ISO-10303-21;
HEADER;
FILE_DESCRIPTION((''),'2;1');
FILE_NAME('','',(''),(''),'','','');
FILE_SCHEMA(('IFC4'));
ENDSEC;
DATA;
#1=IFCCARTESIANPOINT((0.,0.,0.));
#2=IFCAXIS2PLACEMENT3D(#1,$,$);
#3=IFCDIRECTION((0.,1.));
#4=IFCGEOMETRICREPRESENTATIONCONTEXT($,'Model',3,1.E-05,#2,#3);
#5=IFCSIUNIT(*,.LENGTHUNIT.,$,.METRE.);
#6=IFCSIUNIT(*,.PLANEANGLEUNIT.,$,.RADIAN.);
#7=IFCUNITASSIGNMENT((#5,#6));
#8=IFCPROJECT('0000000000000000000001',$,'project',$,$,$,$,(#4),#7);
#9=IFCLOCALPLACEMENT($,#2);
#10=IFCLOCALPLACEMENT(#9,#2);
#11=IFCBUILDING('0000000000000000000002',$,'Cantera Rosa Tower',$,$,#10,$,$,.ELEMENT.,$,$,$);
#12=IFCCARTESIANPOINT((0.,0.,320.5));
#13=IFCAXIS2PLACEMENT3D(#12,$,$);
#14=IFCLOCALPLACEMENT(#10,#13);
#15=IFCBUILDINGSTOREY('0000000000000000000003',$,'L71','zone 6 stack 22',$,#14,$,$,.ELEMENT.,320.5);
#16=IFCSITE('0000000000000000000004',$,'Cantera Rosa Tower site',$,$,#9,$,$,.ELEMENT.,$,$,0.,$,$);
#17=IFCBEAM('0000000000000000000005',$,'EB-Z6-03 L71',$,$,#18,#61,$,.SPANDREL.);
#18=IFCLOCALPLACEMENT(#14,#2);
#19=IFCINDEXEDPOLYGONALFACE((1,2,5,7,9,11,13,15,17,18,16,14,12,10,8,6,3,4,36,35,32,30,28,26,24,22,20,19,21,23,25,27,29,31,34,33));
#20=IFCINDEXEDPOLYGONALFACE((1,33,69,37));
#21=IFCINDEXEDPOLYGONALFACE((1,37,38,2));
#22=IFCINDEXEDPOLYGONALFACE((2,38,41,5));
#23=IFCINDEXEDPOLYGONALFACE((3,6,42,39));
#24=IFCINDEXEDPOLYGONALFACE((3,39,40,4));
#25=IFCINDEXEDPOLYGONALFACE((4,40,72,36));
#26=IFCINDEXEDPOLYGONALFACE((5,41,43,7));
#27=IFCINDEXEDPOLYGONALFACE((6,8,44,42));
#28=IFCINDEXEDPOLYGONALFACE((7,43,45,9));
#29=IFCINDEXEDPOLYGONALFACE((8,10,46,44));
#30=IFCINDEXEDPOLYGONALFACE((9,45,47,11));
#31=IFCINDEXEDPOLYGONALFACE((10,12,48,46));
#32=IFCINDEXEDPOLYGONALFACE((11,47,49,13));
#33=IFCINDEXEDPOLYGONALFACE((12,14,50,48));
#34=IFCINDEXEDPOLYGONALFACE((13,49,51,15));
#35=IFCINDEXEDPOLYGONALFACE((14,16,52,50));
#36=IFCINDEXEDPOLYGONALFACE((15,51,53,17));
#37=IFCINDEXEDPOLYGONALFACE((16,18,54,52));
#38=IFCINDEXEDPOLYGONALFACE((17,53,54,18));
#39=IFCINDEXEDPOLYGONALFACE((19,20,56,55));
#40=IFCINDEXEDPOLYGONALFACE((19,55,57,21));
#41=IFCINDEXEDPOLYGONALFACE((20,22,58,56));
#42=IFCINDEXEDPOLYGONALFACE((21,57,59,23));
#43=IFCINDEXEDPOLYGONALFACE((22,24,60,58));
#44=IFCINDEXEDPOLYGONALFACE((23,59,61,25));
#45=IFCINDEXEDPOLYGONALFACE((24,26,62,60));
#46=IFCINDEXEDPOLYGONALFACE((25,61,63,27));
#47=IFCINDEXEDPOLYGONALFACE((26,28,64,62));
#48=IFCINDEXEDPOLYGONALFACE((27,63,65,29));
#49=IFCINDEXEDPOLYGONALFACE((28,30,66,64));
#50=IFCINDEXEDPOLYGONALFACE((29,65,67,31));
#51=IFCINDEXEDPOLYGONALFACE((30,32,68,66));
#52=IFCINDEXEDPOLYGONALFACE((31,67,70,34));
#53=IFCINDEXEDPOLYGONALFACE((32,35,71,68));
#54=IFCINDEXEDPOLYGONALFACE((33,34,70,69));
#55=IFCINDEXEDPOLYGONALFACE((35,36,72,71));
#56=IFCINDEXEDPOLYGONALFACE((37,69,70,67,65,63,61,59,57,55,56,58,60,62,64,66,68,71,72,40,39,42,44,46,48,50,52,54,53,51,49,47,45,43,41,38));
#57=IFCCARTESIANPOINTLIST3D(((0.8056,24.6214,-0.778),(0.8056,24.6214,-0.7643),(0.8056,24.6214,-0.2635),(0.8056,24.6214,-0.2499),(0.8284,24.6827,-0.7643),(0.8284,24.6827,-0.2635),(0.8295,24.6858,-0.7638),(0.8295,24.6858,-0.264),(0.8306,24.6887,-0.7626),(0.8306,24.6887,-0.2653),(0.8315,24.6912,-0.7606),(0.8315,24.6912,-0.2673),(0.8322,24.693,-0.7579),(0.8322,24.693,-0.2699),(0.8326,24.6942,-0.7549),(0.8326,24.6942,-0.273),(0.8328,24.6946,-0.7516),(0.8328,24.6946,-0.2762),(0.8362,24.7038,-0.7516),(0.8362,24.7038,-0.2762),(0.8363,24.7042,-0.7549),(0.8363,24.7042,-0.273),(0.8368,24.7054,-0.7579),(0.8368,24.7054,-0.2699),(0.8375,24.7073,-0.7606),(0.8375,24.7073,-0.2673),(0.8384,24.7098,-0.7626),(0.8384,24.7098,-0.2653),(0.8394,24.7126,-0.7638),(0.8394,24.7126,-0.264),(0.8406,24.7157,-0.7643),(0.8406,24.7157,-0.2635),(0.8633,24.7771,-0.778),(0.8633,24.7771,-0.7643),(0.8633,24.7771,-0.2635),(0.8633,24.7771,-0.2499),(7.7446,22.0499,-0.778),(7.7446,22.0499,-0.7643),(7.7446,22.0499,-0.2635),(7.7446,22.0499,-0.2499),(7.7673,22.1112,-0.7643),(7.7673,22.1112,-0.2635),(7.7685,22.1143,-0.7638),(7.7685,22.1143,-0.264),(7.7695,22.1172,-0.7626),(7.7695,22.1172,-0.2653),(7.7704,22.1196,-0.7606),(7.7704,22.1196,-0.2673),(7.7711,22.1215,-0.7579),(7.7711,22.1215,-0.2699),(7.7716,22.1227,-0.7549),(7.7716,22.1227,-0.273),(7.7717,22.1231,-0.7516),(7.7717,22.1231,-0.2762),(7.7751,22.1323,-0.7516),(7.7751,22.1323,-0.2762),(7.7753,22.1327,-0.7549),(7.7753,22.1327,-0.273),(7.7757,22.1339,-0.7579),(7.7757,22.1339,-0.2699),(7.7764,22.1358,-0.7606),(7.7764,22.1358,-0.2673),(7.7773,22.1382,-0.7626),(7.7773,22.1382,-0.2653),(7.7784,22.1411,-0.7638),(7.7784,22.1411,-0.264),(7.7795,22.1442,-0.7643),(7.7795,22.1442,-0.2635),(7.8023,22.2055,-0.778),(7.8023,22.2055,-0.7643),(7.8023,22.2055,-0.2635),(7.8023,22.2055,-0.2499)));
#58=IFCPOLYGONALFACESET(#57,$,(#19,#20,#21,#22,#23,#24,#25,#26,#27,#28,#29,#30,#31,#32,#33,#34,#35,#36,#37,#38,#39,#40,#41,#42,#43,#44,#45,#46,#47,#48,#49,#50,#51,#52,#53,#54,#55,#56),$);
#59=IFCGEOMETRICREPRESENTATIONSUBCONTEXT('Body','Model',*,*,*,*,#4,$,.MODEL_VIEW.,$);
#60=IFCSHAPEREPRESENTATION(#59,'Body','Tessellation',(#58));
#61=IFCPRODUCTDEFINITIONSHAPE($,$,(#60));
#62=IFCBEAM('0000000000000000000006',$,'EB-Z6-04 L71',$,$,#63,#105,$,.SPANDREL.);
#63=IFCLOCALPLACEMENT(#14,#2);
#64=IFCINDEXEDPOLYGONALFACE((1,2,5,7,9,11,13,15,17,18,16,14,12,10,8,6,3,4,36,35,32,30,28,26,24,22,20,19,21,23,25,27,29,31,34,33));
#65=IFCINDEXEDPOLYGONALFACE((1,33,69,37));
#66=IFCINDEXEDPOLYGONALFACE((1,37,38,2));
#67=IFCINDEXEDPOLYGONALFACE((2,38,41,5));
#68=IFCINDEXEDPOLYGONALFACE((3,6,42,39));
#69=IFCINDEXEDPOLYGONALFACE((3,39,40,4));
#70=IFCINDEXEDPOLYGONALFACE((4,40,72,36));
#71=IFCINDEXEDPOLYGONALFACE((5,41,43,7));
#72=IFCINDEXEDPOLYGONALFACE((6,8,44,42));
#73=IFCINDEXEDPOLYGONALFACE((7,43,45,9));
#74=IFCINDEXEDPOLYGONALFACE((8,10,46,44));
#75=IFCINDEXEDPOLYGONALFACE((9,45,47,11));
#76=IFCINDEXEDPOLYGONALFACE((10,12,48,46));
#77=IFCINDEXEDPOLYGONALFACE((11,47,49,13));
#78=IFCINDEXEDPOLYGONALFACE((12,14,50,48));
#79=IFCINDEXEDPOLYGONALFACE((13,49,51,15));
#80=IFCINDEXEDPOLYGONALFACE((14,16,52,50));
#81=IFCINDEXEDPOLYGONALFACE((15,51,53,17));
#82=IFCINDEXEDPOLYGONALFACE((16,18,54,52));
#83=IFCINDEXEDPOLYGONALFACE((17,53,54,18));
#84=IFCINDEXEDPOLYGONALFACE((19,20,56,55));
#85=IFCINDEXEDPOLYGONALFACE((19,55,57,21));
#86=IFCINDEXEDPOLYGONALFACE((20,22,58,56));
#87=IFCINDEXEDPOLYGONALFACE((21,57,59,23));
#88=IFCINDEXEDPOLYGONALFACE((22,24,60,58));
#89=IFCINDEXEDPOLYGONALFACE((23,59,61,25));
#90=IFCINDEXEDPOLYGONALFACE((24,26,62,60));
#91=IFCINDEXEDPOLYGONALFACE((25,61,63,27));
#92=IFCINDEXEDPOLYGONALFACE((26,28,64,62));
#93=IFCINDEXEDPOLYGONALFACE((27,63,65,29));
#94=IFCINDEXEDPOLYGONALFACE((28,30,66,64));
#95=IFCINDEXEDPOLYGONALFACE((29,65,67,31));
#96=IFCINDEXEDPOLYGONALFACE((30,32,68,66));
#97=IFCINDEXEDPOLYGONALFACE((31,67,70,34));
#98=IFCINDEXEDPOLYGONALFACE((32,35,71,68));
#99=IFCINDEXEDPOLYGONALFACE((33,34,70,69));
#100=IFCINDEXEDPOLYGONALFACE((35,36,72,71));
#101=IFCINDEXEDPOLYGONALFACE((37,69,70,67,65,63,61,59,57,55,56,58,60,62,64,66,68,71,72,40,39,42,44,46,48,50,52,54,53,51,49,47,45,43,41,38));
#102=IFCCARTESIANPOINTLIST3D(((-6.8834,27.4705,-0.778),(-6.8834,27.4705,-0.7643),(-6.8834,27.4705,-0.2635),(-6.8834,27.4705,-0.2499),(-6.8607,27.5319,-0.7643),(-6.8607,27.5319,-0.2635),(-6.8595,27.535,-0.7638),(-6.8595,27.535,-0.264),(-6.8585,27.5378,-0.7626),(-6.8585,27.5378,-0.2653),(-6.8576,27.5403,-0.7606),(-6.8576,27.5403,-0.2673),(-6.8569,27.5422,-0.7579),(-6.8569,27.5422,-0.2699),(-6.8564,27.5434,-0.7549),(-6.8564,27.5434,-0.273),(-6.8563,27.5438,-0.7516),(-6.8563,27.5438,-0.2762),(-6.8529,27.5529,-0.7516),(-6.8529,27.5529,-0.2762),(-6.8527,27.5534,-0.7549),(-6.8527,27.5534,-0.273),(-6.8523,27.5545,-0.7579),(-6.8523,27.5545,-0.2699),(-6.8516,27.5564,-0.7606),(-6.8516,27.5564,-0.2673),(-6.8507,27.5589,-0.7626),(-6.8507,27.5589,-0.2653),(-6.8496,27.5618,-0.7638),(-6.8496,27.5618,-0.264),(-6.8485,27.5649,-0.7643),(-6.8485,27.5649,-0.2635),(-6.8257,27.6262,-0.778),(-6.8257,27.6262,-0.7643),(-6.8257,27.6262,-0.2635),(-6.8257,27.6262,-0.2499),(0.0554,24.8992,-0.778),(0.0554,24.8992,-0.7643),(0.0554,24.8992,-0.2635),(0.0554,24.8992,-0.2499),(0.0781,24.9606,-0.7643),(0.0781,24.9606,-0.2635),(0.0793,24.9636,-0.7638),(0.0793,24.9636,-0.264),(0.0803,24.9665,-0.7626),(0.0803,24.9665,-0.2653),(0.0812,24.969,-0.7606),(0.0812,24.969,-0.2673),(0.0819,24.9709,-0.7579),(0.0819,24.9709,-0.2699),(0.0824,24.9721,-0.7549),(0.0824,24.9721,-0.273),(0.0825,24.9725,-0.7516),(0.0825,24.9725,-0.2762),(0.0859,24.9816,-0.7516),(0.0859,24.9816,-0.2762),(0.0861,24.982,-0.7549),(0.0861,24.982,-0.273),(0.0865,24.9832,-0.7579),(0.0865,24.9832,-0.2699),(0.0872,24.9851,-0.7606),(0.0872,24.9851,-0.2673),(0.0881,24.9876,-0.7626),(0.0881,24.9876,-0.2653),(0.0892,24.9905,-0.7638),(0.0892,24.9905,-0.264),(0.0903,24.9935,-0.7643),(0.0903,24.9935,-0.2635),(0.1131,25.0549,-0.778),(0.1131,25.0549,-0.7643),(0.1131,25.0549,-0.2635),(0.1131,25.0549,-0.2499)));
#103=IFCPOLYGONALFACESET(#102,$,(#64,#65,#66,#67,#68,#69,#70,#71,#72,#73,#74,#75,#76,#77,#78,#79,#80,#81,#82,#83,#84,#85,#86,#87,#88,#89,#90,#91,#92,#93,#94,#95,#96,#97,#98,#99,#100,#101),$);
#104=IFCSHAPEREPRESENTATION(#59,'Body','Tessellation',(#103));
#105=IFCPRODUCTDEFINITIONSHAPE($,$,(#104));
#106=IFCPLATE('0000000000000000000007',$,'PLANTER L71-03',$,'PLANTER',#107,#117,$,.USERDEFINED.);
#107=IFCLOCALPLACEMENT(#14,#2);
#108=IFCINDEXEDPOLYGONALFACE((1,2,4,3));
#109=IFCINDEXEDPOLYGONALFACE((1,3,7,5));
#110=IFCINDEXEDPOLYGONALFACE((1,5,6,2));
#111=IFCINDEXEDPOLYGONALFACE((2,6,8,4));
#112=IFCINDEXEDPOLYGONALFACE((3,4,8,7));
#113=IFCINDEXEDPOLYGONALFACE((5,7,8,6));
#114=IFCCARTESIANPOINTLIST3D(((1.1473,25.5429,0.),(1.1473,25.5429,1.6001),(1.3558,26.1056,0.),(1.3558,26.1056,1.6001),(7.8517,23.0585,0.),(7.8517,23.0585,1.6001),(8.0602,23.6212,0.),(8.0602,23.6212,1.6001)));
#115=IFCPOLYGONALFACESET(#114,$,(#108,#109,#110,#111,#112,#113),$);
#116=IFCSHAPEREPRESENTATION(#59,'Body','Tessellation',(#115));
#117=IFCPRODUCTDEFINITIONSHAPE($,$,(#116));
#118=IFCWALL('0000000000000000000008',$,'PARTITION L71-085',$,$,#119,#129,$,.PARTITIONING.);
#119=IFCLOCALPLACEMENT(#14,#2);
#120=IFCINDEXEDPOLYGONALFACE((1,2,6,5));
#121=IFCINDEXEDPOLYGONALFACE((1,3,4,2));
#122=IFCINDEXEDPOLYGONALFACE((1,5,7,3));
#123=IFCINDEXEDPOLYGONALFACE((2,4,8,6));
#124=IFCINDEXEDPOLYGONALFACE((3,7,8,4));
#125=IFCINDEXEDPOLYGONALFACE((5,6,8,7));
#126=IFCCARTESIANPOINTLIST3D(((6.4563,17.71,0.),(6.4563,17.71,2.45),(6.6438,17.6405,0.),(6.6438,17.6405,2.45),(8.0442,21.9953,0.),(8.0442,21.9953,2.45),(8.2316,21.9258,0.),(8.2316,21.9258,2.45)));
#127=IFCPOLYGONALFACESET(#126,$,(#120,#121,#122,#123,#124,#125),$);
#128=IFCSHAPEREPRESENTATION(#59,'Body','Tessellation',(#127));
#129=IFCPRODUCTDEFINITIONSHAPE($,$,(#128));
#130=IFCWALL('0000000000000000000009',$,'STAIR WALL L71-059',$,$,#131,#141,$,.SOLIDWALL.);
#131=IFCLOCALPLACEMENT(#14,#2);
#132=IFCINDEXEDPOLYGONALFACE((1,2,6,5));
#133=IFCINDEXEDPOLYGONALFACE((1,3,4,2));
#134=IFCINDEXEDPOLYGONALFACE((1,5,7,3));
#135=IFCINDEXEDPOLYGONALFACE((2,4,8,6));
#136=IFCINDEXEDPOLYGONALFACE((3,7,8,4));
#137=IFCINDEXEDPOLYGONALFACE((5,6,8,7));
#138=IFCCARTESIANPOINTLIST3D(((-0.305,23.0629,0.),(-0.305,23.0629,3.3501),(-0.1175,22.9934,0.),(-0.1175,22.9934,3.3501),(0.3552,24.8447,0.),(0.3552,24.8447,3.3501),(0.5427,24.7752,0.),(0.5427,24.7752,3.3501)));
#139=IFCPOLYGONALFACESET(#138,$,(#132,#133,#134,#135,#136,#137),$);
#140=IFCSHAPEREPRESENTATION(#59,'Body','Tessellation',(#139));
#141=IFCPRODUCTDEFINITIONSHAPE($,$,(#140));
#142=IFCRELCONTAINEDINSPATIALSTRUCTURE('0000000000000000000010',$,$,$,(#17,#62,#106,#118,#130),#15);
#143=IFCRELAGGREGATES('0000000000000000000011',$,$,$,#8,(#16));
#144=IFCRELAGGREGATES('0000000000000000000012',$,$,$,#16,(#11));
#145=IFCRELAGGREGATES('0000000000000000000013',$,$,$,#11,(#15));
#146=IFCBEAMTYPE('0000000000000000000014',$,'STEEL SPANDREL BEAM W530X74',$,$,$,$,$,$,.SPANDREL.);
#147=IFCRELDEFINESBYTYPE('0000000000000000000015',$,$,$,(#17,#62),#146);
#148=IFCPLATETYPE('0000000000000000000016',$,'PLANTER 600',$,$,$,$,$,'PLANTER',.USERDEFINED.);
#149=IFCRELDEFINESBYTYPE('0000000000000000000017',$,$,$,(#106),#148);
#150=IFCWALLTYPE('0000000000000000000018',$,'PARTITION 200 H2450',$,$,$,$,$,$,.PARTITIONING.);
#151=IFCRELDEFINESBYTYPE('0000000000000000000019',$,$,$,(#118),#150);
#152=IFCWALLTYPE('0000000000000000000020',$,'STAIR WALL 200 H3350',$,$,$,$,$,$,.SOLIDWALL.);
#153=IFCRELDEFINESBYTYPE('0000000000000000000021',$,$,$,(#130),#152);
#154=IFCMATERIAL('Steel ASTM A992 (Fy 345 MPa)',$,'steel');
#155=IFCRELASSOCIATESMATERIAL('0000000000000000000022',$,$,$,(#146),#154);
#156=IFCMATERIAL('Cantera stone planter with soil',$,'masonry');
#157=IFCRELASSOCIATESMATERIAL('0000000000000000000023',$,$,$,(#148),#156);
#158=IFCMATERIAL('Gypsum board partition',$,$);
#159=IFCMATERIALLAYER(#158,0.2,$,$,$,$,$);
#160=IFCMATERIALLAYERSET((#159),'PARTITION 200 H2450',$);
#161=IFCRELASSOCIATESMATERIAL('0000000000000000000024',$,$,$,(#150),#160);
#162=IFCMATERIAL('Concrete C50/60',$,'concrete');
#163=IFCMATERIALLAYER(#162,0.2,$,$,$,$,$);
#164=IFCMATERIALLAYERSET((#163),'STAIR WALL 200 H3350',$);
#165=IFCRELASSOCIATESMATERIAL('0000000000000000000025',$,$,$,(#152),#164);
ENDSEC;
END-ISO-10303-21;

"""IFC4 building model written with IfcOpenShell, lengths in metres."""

from ifc_helpers import new_model, si_unit, direction, frame, frame_2d, origin, origin_2d, place, context, subcontext, project, spatial, rectangle, i_section, extrude, material, layer, layer_set, material_profile, profile_set, type_object, element, save


model = new_model("IFC4")

# Units and contexts
model_context = context("Model", 3, precision=1e-05, world=origin(), true_north=direction((0.0, 1.0)))
body_context = subcontext(model_context, "Body", "Model", "MODEL_VIEW")
ifc_project = project(units=[si_unit("LENGTHUNIT", "METRE"), si_unit("PLANEANGLEUNIT", "RADIAN")], contexts=[model_context])

# Site, building, storey
site_placement = place(None, origin())
site = spatial("IfcSite", under=ifc_project, at=site_placement, Name="Cantera Rosa Tower site", CompositionType="ELEMENT", RefElevation=0.0)
building_placement = place(site_placement, origin())
building = spatial("IfcBuilding", under=site, at=building_placement, Name="Cantera Rosa Tower", CompositionType="ELEMENT")
storey_placement = place(building_placement, frame((0.0, 0.0, 320.5)))
storey = spatial("IfcBuildingStorey", under=building, at=storey_placement, Name="L71", Description="zone 6 stack 22", CompositionType="ELEMENT", Elevation=320.5)

# Beams
ifc_material_1 = material(Name="Steel ASTM A992 (Fy 345 MPa)", Category="steel")
ifc_material_profile_1 = material_profile(ifc_material_1, i_section(OverallWidth=0.166, OverallDepth=0.5281, WebThickness=0.0098, FlangeThickness=0.0137, FilletRadius=0.0127, at=origin_2d()), Name="W530X74")
ifc_profile_set_1 = profile_set([ifc_material_profile_1], Name="Steel ASTM A992 (Fy 345 MPa)")
beam_type_1 = type_object("IfcBeamType", Name="STEEL SPANDREL BEAM W530X74", PredefinedType="SPANDREL", material=ifc_profile_set_1)
beam_1_placement = place(storey_placement, frame((7.7734, 22.1277, -0.5139), z_axis=(-0.937681, 0.347498, 0.0), x_axis=(-0.347498, -0.937681, 0.0)))
element("IfcBeam", 1, at=beam_1_placement, inside=storey, type_object=beam_type_1, Name="EB-Z6-03 L71", PredefinedType="SPANDREL", context=body_context, shape_type="SweptSolid", body=[
    extrude(i_section(OverallWidth=0.166, OverallDepth=0.5281, WebThickness=0.0098, FlangeThickness=0.0137, FilletRadius=0.0127, at=origin_2d()), origin(), (0.0, 0.0, 1.0), 7.4001),
])
beam_2_placement = place(storey_placement, frame((0.0842, 24.9771, -0.5139), z_axis=(-0.937687, 0.34748, 0.0), x_axis=(-0.34748, -0.937687, 0.0)))
element("IfcBeam", 2, at=beam_2_placement, inside=storey, type_object=beam_type_1, Name="EB-Z6-04 L71", PredefinedType="SPANDREL", context=body_context, shape_type="SweptSolid", body=[
    extrude(i_section(OverallWidth=0.166, OverallDepth=0.5281, WebThickness=0.0098, FlangeThickness=0.0137, FilletRadius=0.0127, at=origin_2d()), origin(), (0.0, 0.0, 1.0), 7.3999),
])

# Plate
ifc_material_2 = material(Name="Cantera stone planter with soil", Category="masonry")
plate_type = type_object("IfcPlateType", Name="PLANTER 600", ElementType="PLANTER", PredefinedType="USERDEFINED", material=ifc_material_2)
plate_placement = place(storey_placement, frame((4.6038, 24.582, 0.0), z_axis=(0.0, 0.0, 1.0), x_axis=(-0.937687, 0.347481, 0.0)))
element("IfcPlate", 3, at=plate_placement, inside=storey, type_object=plate_type, Name="PLANTER L71-03", ObjectType="PLANTER", PredefinedType="USERDEFINED", context=body_context, shape_type="SweptSolid", body=[
    extrude(rectangle(XDim=7.1499, YDim=0.6001, at=origin_2d()), origin(), (0.0, 0.0, 1.0), 1.6001),
])

# Walls
ifc_material_3 = material(Name="Gypsum board partition")
ifc_layer_1 = layer(ifc_material_3, 0.2)
ifc_layer_set_1 = layer_set([ifc_layer_1], Name="PARTITION 200 H2450")
wall_type_1 = type_object("IfcWallType", Name="PARTITION 200 H2450", PredefinedType="PARTITIONING", material=ifc_layer_set_1)
wall_1_placement = place(storey_placement, frame((8.1379, 21.9607, 0.0), z_axis=(0.0, 0.0, 1.0), x_axis=(-0.34745, -0.937698, 0.0)))
element("IfcWall", 4, at=wall_1_placement, inside=storey, type_object=wall_type_1, Name="PARTITION L71-085", PredefinedType="PARTITIONING", context=body_context, shape_type="SweptSolid", body=[
    extrude(rectangle(XDim=4.5701, YDim=0.2, at=frame_2d((2.2852, 0.0))), origin(), (0.0, 0.0, 1.0), 2.45),
])
ifc_material_4 = material(Name="Concrete C50/60", Category="concrete")
ifc_layer_2 = layer(ifc_material_4, 0.2)
ifc_layer_set_2 = layer_set([ifc_layer_2], Name="STAIR WALL 200 H3350")
wall_type_2 = type_object("IfcWallType", Name="STAIR WALL 200 H3350", PredefinedType="SOLIDWALL", material=ifc_layer_set_2)
wall_2_placement = place(storey_placement, frame((0.449, 24.8101, 0.0), z_axis=(0.0, 0.0, 1.0), x_axis=(-0.347432, -0.937705, 0.0)))
element("IfcWall", 5, at=wall_2_placement, inside=storey, type_object=wall_type_2, Name="STAIR WALL L71-059", PredefinedType="SOLIDWALL", context=body_context, shape_type="SweptSolid", body=[
    extrude(rectangle(XDim=1.9001, YDim=0.2, at=frame_2d((0.9502, 0.0))), origin(), (0.0, 0.0, 1.0), 3.3501),
])

save(model, "model.ifc")
